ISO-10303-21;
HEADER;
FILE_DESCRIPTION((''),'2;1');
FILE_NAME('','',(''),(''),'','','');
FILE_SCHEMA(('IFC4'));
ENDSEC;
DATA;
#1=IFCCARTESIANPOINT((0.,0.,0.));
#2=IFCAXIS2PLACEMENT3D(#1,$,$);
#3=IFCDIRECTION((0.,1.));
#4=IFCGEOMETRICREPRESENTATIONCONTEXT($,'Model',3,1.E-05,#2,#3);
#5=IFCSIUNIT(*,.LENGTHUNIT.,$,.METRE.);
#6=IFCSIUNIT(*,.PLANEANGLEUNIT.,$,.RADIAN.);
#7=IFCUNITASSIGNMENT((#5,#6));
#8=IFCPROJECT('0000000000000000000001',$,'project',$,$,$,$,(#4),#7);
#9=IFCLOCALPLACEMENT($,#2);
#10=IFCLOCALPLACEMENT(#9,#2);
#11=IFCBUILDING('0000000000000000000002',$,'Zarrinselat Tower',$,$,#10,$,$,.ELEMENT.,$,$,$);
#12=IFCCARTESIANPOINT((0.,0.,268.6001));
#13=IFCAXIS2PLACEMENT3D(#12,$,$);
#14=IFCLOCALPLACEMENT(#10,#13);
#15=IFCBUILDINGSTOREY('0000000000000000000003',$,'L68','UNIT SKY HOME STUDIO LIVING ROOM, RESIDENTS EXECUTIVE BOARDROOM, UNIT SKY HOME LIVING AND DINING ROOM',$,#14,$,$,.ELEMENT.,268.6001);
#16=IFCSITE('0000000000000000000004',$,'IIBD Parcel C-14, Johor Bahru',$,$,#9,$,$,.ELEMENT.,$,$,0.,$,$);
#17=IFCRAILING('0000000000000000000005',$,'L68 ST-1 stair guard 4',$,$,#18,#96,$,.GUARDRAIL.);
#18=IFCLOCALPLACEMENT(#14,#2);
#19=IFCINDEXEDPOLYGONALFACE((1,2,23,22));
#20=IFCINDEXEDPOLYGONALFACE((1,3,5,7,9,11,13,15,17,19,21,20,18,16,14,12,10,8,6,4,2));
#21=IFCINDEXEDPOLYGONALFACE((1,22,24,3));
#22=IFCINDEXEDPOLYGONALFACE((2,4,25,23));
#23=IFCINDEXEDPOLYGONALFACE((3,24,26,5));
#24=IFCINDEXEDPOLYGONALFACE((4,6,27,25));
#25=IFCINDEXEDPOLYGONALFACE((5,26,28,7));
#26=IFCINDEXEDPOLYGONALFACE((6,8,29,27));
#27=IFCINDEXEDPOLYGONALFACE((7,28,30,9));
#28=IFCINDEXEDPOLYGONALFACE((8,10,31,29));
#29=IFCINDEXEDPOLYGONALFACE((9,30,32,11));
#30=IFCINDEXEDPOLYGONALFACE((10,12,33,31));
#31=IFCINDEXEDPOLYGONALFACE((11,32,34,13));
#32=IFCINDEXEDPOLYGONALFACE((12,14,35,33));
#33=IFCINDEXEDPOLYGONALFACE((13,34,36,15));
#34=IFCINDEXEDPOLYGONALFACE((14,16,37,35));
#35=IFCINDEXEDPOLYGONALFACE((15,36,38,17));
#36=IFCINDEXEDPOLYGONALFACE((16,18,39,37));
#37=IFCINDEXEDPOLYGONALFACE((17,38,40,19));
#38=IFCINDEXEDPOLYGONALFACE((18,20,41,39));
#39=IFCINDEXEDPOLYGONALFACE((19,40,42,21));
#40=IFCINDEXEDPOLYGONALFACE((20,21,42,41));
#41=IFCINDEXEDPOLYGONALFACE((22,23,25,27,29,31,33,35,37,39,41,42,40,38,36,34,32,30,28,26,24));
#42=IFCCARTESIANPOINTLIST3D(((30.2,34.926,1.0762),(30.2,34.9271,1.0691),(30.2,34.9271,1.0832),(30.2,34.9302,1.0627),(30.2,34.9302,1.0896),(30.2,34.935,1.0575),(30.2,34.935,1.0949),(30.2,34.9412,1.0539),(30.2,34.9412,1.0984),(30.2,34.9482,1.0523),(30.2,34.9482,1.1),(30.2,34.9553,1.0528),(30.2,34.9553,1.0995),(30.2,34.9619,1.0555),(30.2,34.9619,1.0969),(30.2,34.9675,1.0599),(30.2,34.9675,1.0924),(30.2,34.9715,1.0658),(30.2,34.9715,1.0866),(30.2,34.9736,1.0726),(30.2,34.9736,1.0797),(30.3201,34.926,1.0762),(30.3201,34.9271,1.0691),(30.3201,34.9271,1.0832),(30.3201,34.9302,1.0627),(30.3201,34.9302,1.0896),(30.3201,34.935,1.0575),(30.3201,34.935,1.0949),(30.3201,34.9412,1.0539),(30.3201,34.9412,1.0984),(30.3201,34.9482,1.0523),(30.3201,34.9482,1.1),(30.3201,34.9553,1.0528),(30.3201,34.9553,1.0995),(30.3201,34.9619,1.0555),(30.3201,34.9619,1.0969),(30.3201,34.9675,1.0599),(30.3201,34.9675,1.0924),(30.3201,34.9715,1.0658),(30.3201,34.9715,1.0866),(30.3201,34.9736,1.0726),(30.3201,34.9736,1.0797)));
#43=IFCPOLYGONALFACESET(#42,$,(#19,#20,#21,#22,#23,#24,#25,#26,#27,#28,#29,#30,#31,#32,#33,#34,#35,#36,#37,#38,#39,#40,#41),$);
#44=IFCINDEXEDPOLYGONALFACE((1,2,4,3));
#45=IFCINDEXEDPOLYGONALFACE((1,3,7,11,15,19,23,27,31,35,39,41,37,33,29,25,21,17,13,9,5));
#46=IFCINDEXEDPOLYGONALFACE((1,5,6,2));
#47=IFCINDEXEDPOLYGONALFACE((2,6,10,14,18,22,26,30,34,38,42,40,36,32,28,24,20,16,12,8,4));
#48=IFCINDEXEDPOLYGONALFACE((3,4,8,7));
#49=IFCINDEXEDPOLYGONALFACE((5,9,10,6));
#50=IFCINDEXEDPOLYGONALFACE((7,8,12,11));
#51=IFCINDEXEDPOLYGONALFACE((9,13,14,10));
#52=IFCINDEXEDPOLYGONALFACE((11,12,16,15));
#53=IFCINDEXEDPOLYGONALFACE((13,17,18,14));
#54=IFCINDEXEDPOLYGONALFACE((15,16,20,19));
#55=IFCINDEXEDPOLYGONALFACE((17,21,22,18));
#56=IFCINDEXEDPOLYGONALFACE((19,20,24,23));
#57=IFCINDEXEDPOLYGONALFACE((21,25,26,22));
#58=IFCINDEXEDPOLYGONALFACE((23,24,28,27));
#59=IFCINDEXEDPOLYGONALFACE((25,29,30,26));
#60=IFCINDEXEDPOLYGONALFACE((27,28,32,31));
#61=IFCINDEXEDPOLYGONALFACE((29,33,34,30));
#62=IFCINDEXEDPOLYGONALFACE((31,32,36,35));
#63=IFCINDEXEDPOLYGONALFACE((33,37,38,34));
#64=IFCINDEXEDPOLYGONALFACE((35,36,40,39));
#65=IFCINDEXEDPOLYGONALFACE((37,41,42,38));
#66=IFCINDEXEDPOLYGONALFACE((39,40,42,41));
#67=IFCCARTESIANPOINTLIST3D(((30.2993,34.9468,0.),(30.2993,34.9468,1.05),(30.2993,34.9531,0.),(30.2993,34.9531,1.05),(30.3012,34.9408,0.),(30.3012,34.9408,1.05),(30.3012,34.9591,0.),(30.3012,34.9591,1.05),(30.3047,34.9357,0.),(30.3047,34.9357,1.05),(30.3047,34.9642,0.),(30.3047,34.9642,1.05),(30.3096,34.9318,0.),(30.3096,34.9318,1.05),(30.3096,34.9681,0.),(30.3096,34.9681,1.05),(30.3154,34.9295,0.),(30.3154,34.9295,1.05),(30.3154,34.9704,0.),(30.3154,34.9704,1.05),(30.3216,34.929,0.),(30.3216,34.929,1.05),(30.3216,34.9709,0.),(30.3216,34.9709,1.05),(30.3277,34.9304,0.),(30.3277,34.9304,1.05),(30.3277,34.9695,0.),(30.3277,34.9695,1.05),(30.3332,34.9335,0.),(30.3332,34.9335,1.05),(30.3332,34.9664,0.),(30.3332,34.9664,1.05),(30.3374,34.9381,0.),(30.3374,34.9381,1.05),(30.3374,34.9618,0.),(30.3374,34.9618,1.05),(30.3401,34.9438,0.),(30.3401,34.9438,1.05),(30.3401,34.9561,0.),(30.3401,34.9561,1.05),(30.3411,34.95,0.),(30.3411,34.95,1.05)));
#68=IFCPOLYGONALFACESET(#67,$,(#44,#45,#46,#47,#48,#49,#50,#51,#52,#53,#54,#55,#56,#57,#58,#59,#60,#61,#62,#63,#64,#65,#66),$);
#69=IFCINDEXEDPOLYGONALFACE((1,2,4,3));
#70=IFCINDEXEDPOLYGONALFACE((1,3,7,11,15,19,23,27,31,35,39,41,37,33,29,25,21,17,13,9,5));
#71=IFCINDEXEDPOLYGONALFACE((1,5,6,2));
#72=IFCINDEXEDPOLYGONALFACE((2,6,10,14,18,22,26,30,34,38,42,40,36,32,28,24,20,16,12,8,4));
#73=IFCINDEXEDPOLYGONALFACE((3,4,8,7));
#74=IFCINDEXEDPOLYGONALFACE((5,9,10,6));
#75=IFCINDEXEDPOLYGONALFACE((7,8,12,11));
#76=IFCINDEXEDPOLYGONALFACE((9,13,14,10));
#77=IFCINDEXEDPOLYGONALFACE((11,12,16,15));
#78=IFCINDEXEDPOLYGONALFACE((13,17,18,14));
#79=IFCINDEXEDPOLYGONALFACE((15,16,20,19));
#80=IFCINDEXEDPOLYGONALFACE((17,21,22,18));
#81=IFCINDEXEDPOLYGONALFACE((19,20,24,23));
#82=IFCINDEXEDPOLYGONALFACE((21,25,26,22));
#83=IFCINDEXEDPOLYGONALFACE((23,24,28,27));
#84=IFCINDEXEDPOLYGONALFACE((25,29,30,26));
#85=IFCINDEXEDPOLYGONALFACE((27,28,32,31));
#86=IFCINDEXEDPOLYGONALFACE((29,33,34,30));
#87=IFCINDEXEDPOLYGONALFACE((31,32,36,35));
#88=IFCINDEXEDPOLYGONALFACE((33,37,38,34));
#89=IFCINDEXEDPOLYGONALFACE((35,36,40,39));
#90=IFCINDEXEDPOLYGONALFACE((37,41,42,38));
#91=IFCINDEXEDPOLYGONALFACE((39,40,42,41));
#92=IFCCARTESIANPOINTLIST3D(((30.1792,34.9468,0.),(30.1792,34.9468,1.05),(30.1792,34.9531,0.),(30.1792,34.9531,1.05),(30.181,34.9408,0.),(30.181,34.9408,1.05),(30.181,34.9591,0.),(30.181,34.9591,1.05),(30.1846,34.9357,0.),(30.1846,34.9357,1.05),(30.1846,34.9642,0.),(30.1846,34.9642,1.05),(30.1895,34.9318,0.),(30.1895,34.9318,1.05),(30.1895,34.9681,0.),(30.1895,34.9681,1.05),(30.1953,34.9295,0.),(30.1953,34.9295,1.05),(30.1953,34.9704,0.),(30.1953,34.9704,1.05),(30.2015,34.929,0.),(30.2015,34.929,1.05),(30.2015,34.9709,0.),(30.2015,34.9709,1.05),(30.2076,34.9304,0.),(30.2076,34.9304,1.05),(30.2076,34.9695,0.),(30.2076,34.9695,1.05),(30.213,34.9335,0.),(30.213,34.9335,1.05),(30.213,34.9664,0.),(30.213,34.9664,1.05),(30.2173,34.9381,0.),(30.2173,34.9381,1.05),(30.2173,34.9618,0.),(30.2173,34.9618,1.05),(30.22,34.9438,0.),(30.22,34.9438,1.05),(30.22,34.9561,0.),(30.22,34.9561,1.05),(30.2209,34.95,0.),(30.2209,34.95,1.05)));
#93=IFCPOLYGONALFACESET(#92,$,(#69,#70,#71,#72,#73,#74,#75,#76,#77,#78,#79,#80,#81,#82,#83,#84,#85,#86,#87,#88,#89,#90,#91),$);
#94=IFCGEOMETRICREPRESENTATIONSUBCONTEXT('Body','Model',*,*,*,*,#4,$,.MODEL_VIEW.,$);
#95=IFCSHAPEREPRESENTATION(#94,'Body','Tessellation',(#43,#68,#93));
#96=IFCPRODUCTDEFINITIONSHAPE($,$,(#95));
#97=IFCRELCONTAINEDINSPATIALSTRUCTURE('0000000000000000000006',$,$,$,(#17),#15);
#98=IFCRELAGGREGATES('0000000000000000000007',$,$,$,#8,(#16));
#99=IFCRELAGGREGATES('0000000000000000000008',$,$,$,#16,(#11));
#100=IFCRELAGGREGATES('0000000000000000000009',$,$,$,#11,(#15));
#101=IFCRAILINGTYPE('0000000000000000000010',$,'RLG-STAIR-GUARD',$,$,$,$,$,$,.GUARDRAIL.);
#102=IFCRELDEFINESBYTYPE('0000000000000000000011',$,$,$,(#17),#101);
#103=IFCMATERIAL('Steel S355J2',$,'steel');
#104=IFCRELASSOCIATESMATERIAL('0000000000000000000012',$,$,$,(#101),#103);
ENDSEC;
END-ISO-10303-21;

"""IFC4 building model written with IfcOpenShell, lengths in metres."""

from ifc_helpers import new_model, si_unit, direction, frame, origin, origin_2d, place, context, subcontext, project, spatial, circle, extrude, material, type_object, element, save


model = new_model("IFC4")

# Units and contexts
model_context = context("Model", 3, precision=1e-05, world=origin(), true_north=direction((0.0, 1.0)))
body_context = subcontext(model_context, "Body", "Model", "MODEL_VIEW")
ifc_project = project(units=[si_unit("LENGTHUNIT", "METRE"), si_unit("PLANEANGLEUNIT", "RADIAN")], contexts=[model_context])

# Site, building, storey
site_placement = place(None, origin())
site = spatial("IfcSite", under=ifc_project, at=site_placement, Name="IIBD Parcel C-14, Johor Bahru", CompositionType="ELEMENT", RefElevation=0.0)
building_placement = place(site_placement, origin())
building = spatial("IfcBuilding", under=site, at=building_placement, Name="Zarrinselat Tower", CompositionType="ELEMENT")
storey_placement = place(building_placement, frame((0.0, 0.0, 268.6001)))
storey = spatial("IfcBuildingStorey", under=building, at=storey_placement, Name="L68", Description="UNIT SKY HOME STUDIO LIVING ROOM, RESIDENTS EXECUTIVE BOARDROOM, UNIT SKY HOME LIVING AND DINING ROOM", CompositionType="ELEMENT", Elevation=268.6001)

# Railing
ifc_material_1 = material(Name="Steel S355J2", Category="steel")
railing_type_1 = type_object("IfcRailingType", Name="RLG-STAIR-GUARD", PredefinedType="GUARDRAIL", material=ifc_material_1)
railing_1_placement = place(storey_placement, frame((30.3201, 34.95, 0.0)))
element("IfcRailing", 1, at=railing_1_placement, inside=storey, type_object=railing_type_1, Name="L68 ST-1 stair guard 4", PredefinedType="GUARDRAIL", context=body_context, shape_type="SweptSolid", body=[
    extrude(circle(Radius=0.0239, at=origin_2d()), frame((0.0, 0.0, 1.0762), z_axis=(-1.0, 0.0, 0.0), x_axis=(0.0, -1.0, 0.0)), (0.0, 0.0, 1.0), 0.1201),
    extrude(circle(Radius=0.021, at=origin_2d()), origin(), (0.0, 0.0, 1.0), 1.05),
    extrude(circle(Radius=0.021, at=origin_2d()), frame((-0.1201, 0.0, 0.0)), (0.0, 0.0, 1.0), 1.05),
])

save(model, "model.ifc")
